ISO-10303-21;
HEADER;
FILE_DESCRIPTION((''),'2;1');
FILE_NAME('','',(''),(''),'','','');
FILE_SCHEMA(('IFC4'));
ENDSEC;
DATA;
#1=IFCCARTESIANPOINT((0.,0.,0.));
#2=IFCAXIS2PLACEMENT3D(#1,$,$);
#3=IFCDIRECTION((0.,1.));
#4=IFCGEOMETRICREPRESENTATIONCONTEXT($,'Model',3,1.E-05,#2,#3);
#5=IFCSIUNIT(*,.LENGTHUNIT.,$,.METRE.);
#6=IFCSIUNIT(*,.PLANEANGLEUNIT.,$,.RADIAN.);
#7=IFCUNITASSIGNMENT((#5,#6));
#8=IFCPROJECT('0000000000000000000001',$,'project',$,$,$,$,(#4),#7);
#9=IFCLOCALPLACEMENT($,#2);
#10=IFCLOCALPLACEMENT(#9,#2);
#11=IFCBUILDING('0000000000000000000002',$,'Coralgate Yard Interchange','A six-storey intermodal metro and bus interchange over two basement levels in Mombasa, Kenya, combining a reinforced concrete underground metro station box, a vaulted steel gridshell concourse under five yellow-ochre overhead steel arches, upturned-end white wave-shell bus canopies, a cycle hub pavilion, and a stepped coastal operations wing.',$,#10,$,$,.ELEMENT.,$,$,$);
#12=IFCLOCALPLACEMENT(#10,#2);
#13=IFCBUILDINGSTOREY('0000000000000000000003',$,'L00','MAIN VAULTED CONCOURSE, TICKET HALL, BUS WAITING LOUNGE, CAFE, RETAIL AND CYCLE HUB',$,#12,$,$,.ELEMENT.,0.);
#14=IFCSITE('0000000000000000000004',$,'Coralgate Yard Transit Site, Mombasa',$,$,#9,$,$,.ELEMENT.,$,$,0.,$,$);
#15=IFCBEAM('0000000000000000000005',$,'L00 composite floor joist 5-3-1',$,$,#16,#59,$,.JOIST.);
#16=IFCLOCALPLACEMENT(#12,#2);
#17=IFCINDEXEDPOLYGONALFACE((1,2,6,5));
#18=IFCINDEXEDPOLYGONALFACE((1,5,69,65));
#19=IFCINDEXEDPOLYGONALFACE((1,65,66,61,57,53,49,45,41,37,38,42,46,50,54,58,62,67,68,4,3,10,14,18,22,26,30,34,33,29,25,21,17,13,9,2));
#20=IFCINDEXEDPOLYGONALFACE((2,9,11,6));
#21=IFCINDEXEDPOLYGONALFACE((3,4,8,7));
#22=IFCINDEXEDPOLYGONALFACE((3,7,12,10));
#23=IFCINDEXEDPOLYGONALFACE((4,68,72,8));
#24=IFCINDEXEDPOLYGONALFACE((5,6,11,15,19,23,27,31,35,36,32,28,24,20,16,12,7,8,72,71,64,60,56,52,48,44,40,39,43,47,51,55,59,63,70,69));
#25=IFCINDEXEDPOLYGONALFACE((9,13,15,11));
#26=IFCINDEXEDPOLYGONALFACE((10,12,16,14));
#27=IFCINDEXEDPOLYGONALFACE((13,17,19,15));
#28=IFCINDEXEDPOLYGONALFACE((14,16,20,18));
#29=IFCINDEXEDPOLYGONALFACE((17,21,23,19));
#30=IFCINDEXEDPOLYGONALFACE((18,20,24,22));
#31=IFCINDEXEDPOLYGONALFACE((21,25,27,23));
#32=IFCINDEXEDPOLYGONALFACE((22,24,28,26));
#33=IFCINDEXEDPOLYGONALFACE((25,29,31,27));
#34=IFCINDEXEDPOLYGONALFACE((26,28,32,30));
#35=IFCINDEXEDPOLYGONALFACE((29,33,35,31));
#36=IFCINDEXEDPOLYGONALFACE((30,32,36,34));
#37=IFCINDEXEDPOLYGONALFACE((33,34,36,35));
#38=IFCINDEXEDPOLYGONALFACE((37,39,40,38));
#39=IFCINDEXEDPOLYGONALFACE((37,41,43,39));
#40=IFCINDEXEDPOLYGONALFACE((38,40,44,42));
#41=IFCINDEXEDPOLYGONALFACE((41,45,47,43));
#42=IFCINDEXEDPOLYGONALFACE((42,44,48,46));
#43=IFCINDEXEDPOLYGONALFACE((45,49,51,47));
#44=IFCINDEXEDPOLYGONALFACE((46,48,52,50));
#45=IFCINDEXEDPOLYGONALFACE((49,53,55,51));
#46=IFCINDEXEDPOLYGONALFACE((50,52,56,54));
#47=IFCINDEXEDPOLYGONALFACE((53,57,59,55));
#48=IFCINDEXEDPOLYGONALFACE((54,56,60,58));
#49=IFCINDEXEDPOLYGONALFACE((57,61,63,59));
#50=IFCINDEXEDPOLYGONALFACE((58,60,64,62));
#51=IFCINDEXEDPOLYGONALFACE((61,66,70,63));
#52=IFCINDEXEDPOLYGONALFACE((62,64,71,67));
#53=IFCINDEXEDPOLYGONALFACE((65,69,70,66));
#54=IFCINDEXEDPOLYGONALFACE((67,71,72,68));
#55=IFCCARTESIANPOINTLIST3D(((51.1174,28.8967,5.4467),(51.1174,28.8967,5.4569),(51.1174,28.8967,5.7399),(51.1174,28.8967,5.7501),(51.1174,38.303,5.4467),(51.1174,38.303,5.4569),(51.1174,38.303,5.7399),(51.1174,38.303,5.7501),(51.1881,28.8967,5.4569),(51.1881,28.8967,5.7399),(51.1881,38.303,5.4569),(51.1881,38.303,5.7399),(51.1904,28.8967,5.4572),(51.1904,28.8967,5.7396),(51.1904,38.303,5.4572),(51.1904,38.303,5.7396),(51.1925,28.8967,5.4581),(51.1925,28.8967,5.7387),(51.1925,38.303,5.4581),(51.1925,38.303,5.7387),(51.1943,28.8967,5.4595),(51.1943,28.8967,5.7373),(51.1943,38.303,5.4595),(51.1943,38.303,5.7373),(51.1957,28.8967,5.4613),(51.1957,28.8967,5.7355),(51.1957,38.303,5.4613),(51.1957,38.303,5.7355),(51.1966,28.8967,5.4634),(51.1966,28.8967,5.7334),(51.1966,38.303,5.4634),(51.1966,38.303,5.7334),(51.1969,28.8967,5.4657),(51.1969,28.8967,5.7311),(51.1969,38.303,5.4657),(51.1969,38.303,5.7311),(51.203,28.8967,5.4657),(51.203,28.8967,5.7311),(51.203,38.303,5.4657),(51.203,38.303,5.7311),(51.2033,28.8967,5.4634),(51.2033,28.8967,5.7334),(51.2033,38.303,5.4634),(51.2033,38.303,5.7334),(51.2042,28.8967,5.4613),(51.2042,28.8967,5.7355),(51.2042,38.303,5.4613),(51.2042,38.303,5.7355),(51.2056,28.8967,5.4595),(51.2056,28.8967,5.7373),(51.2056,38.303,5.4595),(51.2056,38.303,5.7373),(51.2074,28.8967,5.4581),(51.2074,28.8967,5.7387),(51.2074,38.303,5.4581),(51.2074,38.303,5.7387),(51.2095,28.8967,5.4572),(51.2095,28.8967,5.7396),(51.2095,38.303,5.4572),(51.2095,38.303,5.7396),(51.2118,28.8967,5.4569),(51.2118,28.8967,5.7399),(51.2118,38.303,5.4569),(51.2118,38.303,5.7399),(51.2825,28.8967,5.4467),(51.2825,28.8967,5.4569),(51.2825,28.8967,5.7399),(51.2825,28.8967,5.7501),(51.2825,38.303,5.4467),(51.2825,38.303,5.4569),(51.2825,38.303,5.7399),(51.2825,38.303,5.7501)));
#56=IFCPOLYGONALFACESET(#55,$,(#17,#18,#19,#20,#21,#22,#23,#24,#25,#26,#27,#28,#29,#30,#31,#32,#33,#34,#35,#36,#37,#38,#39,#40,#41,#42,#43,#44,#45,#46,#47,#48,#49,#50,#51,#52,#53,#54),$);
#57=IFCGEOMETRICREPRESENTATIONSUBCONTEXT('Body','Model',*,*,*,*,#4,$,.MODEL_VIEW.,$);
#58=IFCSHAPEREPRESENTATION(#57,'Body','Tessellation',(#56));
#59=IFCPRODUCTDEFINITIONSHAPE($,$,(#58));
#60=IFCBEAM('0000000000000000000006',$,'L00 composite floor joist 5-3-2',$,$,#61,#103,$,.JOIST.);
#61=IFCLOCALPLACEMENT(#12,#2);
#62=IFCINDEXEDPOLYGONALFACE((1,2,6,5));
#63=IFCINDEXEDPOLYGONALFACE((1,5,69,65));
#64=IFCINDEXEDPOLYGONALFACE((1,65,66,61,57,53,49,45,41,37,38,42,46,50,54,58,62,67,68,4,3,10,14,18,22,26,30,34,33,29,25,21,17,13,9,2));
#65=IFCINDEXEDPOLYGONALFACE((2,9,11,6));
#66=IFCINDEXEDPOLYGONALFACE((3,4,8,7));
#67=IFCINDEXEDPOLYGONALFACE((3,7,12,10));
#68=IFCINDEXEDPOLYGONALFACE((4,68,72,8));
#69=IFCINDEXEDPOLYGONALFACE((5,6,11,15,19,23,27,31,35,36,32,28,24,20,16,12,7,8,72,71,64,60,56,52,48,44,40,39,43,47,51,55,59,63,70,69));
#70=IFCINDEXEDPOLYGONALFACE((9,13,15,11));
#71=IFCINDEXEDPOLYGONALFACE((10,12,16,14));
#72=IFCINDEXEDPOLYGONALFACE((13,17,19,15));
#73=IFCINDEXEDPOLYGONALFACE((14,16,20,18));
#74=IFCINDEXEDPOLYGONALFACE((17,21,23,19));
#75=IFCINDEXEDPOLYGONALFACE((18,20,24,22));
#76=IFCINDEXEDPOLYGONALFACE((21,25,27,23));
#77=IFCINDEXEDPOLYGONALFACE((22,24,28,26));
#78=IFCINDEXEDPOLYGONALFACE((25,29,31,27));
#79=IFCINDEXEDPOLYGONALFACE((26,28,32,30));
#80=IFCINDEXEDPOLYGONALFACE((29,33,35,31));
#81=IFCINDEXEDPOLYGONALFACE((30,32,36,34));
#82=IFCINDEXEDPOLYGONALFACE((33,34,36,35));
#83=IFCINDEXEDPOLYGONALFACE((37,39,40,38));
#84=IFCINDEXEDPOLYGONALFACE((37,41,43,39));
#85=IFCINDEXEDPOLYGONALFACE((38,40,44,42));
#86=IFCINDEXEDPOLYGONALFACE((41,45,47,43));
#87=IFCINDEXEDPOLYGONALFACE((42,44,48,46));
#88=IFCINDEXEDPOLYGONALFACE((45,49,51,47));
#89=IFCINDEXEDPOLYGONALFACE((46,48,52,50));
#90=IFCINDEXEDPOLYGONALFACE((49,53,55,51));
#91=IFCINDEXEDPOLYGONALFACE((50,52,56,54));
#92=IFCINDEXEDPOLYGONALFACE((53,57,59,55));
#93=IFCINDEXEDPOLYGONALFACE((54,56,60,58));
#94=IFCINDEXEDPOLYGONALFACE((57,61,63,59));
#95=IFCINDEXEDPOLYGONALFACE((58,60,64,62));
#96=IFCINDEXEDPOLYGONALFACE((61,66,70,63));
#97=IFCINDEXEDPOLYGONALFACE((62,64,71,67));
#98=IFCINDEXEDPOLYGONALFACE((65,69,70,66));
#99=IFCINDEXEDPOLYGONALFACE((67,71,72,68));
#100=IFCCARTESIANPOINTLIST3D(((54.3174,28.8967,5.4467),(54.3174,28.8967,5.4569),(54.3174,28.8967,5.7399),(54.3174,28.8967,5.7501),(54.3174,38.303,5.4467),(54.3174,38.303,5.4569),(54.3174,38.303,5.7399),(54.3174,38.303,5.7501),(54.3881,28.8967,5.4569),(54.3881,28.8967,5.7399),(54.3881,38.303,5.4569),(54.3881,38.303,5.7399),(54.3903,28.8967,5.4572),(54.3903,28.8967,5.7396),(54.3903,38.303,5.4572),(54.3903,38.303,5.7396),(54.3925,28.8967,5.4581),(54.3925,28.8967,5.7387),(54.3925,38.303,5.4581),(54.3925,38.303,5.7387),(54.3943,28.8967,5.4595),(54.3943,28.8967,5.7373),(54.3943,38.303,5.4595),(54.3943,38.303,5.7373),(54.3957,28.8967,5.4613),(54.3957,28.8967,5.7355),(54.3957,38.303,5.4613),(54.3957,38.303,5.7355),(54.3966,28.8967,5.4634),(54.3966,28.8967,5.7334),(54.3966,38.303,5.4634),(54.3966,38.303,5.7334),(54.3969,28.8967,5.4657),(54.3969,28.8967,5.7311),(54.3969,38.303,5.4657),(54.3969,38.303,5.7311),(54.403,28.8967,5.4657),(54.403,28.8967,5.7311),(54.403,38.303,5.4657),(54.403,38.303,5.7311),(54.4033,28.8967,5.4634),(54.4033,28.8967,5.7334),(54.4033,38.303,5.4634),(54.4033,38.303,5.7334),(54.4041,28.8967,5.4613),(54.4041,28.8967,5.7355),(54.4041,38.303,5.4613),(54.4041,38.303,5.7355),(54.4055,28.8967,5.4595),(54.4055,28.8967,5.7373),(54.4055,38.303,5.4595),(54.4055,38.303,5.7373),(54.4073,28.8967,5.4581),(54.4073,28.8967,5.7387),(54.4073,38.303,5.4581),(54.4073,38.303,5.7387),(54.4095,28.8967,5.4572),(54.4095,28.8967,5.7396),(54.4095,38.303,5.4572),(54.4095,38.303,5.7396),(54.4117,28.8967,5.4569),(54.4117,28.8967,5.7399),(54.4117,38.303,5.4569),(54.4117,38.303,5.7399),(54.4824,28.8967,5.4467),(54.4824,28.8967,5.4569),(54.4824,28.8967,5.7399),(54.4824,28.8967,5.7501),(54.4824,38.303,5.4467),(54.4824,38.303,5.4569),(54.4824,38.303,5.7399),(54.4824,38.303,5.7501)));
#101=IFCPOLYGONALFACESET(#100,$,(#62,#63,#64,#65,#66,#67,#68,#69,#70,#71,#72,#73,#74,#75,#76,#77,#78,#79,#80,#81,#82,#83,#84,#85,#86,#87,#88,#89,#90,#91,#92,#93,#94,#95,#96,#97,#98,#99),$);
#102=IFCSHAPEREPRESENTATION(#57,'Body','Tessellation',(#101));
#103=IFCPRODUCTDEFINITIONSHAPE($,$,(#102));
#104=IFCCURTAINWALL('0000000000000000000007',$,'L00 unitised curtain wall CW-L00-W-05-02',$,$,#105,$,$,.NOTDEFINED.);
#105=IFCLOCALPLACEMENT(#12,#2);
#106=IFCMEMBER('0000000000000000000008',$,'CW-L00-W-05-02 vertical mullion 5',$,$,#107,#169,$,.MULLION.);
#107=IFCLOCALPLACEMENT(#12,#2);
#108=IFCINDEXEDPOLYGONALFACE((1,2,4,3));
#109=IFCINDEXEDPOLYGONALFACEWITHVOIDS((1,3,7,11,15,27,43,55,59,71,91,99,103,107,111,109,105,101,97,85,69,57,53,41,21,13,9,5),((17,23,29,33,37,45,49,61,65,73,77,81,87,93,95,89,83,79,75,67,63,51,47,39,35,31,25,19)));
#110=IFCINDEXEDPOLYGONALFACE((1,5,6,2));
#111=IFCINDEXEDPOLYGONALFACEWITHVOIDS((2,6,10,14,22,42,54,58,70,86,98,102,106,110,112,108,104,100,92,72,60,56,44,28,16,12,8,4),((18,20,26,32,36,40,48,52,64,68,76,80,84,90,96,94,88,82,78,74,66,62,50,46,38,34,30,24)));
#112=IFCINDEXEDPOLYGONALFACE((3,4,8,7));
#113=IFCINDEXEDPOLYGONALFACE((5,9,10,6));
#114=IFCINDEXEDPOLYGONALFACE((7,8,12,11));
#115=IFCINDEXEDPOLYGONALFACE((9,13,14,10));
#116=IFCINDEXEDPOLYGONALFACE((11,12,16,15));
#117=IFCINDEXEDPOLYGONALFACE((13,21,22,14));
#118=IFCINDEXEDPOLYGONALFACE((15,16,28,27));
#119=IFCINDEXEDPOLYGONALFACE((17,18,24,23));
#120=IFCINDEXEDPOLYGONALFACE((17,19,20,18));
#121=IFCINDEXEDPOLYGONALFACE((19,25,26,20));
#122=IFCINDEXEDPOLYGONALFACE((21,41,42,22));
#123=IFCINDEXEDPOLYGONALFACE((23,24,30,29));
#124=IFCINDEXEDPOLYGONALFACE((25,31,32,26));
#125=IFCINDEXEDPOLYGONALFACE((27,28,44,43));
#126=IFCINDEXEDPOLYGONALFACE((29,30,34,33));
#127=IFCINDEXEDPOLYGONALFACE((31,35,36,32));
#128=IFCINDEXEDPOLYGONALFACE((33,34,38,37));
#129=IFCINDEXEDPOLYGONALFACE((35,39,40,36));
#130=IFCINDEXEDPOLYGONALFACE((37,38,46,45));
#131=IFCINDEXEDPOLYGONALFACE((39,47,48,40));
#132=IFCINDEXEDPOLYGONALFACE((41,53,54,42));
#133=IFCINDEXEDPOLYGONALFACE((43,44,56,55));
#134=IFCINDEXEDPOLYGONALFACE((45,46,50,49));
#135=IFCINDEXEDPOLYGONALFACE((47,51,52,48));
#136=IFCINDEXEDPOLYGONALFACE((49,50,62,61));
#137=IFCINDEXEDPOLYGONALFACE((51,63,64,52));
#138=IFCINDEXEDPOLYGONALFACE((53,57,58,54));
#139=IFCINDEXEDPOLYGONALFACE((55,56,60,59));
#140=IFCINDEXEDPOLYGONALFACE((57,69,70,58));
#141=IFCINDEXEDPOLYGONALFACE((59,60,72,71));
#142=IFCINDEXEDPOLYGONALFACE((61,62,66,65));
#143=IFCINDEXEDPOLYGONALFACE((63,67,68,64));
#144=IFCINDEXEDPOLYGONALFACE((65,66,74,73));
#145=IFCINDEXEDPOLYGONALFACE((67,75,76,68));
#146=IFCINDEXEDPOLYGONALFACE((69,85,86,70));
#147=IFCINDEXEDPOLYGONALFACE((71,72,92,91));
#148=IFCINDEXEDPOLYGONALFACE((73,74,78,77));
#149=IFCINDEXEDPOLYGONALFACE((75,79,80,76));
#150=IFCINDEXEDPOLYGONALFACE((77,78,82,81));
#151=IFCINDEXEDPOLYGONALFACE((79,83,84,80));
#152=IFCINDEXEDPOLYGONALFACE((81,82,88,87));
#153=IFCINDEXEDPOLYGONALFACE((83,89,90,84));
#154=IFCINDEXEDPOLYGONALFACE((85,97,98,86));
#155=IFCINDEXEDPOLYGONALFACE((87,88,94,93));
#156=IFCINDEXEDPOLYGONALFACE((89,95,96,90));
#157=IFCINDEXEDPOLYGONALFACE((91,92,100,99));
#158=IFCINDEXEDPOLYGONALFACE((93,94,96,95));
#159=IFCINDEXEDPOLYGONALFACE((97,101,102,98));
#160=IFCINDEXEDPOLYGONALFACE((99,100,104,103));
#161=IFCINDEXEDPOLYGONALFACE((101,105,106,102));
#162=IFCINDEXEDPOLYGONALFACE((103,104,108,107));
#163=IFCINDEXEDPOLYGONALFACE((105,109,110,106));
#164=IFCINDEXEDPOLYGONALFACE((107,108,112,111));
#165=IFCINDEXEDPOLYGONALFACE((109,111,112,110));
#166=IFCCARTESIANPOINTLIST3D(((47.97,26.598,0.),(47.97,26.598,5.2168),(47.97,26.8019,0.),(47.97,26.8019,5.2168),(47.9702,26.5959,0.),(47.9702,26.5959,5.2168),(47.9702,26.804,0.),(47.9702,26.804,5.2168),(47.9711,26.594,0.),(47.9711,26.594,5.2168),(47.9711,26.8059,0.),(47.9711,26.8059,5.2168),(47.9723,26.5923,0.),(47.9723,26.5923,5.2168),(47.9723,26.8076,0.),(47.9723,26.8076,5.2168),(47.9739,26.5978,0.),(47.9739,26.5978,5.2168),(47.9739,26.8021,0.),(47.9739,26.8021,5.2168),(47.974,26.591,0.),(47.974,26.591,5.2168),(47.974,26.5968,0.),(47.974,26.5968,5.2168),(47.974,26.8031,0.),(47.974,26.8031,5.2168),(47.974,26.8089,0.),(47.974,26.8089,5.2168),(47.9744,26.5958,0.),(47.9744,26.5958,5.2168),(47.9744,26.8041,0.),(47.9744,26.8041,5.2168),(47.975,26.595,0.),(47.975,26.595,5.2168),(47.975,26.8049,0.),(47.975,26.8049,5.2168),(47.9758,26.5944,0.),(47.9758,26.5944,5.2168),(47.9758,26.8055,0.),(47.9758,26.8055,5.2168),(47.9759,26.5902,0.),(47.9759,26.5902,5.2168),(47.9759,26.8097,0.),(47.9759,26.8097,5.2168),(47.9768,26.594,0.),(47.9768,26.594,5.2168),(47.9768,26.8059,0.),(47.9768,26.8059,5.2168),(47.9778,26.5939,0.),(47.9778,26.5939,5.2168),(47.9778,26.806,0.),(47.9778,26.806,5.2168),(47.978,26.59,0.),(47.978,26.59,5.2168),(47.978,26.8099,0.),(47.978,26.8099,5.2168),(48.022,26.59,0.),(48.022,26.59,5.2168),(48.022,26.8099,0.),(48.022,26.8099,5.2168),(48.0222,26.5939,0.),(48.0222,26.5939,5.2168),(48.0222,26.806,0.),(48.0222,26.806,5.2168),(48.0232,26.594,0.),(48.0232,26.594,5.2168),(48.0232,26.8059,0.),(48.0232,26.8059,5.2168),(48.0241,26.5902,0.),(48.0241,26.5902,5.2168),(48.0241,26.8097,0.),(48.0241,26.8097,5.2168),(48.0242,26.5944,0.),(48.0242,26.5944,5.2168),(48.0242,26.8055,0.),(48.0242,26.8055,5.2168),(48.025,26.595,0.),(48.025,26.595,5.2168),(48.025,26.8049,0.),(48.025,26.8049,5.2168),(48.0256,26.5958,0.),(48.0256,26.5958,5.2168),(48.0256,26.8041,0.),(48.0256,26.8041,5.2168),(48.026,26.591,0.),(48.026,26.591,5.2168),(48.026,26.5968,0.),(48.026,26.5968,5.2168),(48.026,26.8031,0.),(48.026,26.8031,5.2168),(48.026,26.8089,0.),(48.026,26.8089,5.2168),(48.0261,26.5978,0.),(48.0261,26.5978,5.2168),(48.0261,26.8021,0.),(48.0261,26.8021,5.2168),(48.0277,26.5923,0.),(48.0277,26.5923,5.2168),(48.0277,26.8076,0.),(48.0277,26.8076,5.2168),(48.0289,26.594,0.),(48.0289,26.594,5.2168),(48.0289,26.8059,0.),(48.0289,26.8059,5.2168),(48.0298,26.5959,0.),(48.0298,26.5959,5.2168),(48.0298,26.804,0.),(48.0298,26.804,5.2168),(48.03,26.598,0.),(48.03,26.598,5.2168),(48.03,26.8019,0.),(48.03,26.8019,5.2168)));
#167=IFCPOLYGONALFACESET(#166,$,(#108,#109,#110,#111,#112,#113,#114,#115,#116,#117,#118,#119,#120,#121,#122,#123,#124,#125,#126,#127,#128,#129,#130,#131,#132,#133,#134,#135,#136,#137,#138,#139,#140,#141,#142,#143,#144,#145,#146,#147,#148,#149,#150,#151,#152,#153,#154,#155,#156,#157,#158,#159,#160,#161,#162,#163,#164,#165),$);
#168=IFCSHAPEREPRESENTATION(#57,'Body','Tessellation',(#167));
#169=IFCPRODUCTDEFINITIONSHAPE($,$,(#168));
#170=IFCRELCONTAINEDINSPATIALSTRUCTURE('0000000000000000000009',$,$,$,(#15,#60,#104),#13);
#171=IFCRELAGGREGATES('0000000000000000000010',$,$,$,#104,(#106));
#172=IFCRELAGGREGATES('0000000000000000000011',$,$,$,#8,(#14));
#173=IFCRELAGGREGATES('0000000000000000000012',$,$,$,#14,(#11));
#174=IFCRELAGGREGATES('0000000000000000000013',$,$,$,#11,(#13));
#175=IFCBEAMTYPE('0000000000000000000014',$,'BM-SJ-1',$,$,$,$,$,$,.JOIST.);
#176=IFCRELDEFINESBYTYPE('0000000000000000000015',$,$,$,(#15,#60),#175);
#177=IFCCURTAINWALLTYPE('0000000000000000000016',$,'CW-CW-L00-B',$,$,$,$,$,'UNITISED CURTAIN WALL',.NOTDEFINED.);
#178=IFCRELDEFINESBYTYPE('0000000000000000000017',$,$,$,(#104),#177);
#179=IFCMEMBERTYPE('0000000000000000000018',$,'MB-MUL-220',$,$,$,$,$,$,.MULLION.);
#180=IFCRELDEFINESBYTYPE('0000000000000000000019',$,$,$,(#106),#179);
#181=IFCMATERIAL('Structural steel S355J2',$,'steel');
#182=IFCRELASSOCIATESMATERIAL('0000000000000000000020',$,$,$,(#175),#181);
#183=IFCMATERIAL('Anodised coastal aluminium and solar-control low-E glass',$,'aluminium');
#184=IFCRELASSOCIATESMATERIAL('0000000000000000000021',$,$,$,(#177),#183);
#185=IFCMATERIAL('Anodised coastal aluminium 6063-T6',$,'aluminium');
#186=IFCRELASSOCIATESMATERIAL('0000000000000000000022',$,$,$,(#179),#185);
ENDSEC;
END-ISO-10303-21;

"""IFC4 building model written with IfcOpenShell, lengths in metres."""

from ifc_helpers import new_model, si_unit, direction, frame, origin, origin_2d, place, context, subcontext, project, spatial, hollow_rectangle, i_section, extrude, material, material_profile, profile_set, type_object, element, aggregate, save


model = new_model("IFC4")

# Units and contexts
model_context = context("Model", 3, precision=1e-05, world=origin(), true_north=direction((0.0, 1.0)))
body_context = subcontext(model_context, "Body", "Model", "MODEL_VIEW")
ifc_project = project(units=[si_unit("LENGTHUNIT", "METRE"), si_unit("PLANEANGLEUNIT", "RADIAN")], contexts=[model_context])

# Site, building, storey
site_placement = place(None, origin())
site = spatial("IfcSite", under=ifc_project, at=site_placement, Name="Coralgate Yard Transit Site, Mombasa", CompositionType="ELEMENT", RefElevation=0.0)
building_placement = place(site_placement, origin())
building = spatial("IfcBuilding", under=site, at=building_placement, Name="Coralgate Yard Interchange", Description="A six-storey intermodal metro and bus interchange over two basement levels in Mombasa, Kenya, combining a reinforced concrete underground metro station box, a vaulted steel gridshell concourse under five yellow-ochre overhead steel arches, upturned-end white wave-shell bus canopies, a cycle hub pavilion, and a stepped coastal operations wing.", CompositionType="ELEMENT")
storey_placement = place(building_placement, origin())
storey = spatial("IfcBuildingStorey", under=building, at=storey_placement, Name="L00", Description="MAIN VAULTED CONCOURSE, TICKET HALL, BUS WAITING LOUNGE, CAFE, RETAIL AND CYCLE HUB", CompositionType="ELEMENT", Elevation=0.0)

# Shared definitions
ifc_material_1 = material(Name="Structural steel S355J2", Category="steel")

# Beams
ifc_material_profile_1 = material_profile(ifc_material_1, i_section(OverallWidth=0.165, OverallDepth=0.3035, WebThickness=0.0061, FlangeThickness=0.0103, FilletRadius=0.0088, at=origin_2d()), Name="UB 305x165x40")
ifc_profile_set_1 = profile_set([ifc_material_profile_1], Name="Structural steel S355J2")
beam_type_1 = type_object("IfcBeamType", Name="BM-SJ-1", PredefinedType="JOIST", material=ifc_profile_set_1)
for number, where, z_axis, x_axis, name in (
    (1, (51.2, 28.8967, 5.5984), (0.0, 1.0, 0.0), (-1.0, 0.0, 0.0), "L00 composite floor joist 5-3-1"),
    (2, (54.3999, 28.8967, 5.5984), (0.0, 1.0, 0.0), (-1.0, 0.0, 0.0), "L00 composite floor joist 5-3-2"),
):
    element("IfcBeam", number, at=place(storey_placement, frame(where, z_axis=z_axis, x_axis=x_axis)), inside=storey, type_object=beam_type_1, Name=name, PredefinedType="JOIST", context=body_context, shape_type="SweptSolid", body=[
        extrude(i_section(OverallWidth=0.165, OverallDepth=0.3035, WebThickness=0.0061, FlangeThickness=0.0103, FilletRadius=0.0088, at=origin_2d()), origin(), (0.0, 0.0, 1.0), 9.4062),
    ])

# Curtain wall, member
ifc_material_2 = material(Name="Anodised coastal aluminium and solar-control low-E glass", Category="aluminium")
curtain_wall_type_1 = type_object("IfcCurtainWallType", Name="CW-CW-L00-B", ElementType="UNITISED CURTAIN WALL", PredefinedType="NOTDEFINED", material=ifc_material_2)
curtain_wall_1_placement = place(storey_placement, origin())
curtain_wall_1 = element("IfcCurtainWall", 3, at=curtain_wall_1_placement, inside=storey, type_object=curtain_wall_type_1, Name="L00 unitised curtain wall CW-L00-W-05-02", PredefinedType="NOTDEFINED")
ifc_material_3 = material(Name="Anodised coastal aluminium 6063-T6", Category="aluminium")
ifc_material_profile_2 = material_profile(ifc_material_3, hollow_rectangle(XDim=0.0601, YDim=0.22, WallThickness=0.0039, InnerFilletRadius=0.0039, OuterFilletRadius=0.0081, at=origin_2d()), Name="ALU 60x220x4")
ifc_profile_set_2 = profile_set([ifc_material_profile_2], Name="Anodised coastal aluminium 6063-T6")
member_type_1 = type_object("IfcMemberType", Name="MB-MUL-220", PredefinedType="MULLION", material=ifc_profile_set_2)
member_1_placement = place(storey_placement, frame((48.0, 26.7, 0.0), z_axis=(0.0, 0.0, 1.0), x_axis=(1.0, 0.0, 0.0)))
member_1 = element("IfcMember", 4, at=member_1_placement, type_object=member_type_1, Name="CW-L00-W-05-02 vertical mullion 5", PredefinedType="MULLION", context=body_context, shape_type="SweptSolid", body=[
    extrude(hollow_rectangle(XDim=0.0601, YDim=0.22, WallThickness=0.0039, InnerFilletRadius=0.0039, OuterFilletRadius=0.0081, at=origin_2d()), origin(), (0.0, 0.0, 1.0), 5.2168),
])

aggregate(curtain_wall_1, [member_1])

save(model, "model.ifc")
